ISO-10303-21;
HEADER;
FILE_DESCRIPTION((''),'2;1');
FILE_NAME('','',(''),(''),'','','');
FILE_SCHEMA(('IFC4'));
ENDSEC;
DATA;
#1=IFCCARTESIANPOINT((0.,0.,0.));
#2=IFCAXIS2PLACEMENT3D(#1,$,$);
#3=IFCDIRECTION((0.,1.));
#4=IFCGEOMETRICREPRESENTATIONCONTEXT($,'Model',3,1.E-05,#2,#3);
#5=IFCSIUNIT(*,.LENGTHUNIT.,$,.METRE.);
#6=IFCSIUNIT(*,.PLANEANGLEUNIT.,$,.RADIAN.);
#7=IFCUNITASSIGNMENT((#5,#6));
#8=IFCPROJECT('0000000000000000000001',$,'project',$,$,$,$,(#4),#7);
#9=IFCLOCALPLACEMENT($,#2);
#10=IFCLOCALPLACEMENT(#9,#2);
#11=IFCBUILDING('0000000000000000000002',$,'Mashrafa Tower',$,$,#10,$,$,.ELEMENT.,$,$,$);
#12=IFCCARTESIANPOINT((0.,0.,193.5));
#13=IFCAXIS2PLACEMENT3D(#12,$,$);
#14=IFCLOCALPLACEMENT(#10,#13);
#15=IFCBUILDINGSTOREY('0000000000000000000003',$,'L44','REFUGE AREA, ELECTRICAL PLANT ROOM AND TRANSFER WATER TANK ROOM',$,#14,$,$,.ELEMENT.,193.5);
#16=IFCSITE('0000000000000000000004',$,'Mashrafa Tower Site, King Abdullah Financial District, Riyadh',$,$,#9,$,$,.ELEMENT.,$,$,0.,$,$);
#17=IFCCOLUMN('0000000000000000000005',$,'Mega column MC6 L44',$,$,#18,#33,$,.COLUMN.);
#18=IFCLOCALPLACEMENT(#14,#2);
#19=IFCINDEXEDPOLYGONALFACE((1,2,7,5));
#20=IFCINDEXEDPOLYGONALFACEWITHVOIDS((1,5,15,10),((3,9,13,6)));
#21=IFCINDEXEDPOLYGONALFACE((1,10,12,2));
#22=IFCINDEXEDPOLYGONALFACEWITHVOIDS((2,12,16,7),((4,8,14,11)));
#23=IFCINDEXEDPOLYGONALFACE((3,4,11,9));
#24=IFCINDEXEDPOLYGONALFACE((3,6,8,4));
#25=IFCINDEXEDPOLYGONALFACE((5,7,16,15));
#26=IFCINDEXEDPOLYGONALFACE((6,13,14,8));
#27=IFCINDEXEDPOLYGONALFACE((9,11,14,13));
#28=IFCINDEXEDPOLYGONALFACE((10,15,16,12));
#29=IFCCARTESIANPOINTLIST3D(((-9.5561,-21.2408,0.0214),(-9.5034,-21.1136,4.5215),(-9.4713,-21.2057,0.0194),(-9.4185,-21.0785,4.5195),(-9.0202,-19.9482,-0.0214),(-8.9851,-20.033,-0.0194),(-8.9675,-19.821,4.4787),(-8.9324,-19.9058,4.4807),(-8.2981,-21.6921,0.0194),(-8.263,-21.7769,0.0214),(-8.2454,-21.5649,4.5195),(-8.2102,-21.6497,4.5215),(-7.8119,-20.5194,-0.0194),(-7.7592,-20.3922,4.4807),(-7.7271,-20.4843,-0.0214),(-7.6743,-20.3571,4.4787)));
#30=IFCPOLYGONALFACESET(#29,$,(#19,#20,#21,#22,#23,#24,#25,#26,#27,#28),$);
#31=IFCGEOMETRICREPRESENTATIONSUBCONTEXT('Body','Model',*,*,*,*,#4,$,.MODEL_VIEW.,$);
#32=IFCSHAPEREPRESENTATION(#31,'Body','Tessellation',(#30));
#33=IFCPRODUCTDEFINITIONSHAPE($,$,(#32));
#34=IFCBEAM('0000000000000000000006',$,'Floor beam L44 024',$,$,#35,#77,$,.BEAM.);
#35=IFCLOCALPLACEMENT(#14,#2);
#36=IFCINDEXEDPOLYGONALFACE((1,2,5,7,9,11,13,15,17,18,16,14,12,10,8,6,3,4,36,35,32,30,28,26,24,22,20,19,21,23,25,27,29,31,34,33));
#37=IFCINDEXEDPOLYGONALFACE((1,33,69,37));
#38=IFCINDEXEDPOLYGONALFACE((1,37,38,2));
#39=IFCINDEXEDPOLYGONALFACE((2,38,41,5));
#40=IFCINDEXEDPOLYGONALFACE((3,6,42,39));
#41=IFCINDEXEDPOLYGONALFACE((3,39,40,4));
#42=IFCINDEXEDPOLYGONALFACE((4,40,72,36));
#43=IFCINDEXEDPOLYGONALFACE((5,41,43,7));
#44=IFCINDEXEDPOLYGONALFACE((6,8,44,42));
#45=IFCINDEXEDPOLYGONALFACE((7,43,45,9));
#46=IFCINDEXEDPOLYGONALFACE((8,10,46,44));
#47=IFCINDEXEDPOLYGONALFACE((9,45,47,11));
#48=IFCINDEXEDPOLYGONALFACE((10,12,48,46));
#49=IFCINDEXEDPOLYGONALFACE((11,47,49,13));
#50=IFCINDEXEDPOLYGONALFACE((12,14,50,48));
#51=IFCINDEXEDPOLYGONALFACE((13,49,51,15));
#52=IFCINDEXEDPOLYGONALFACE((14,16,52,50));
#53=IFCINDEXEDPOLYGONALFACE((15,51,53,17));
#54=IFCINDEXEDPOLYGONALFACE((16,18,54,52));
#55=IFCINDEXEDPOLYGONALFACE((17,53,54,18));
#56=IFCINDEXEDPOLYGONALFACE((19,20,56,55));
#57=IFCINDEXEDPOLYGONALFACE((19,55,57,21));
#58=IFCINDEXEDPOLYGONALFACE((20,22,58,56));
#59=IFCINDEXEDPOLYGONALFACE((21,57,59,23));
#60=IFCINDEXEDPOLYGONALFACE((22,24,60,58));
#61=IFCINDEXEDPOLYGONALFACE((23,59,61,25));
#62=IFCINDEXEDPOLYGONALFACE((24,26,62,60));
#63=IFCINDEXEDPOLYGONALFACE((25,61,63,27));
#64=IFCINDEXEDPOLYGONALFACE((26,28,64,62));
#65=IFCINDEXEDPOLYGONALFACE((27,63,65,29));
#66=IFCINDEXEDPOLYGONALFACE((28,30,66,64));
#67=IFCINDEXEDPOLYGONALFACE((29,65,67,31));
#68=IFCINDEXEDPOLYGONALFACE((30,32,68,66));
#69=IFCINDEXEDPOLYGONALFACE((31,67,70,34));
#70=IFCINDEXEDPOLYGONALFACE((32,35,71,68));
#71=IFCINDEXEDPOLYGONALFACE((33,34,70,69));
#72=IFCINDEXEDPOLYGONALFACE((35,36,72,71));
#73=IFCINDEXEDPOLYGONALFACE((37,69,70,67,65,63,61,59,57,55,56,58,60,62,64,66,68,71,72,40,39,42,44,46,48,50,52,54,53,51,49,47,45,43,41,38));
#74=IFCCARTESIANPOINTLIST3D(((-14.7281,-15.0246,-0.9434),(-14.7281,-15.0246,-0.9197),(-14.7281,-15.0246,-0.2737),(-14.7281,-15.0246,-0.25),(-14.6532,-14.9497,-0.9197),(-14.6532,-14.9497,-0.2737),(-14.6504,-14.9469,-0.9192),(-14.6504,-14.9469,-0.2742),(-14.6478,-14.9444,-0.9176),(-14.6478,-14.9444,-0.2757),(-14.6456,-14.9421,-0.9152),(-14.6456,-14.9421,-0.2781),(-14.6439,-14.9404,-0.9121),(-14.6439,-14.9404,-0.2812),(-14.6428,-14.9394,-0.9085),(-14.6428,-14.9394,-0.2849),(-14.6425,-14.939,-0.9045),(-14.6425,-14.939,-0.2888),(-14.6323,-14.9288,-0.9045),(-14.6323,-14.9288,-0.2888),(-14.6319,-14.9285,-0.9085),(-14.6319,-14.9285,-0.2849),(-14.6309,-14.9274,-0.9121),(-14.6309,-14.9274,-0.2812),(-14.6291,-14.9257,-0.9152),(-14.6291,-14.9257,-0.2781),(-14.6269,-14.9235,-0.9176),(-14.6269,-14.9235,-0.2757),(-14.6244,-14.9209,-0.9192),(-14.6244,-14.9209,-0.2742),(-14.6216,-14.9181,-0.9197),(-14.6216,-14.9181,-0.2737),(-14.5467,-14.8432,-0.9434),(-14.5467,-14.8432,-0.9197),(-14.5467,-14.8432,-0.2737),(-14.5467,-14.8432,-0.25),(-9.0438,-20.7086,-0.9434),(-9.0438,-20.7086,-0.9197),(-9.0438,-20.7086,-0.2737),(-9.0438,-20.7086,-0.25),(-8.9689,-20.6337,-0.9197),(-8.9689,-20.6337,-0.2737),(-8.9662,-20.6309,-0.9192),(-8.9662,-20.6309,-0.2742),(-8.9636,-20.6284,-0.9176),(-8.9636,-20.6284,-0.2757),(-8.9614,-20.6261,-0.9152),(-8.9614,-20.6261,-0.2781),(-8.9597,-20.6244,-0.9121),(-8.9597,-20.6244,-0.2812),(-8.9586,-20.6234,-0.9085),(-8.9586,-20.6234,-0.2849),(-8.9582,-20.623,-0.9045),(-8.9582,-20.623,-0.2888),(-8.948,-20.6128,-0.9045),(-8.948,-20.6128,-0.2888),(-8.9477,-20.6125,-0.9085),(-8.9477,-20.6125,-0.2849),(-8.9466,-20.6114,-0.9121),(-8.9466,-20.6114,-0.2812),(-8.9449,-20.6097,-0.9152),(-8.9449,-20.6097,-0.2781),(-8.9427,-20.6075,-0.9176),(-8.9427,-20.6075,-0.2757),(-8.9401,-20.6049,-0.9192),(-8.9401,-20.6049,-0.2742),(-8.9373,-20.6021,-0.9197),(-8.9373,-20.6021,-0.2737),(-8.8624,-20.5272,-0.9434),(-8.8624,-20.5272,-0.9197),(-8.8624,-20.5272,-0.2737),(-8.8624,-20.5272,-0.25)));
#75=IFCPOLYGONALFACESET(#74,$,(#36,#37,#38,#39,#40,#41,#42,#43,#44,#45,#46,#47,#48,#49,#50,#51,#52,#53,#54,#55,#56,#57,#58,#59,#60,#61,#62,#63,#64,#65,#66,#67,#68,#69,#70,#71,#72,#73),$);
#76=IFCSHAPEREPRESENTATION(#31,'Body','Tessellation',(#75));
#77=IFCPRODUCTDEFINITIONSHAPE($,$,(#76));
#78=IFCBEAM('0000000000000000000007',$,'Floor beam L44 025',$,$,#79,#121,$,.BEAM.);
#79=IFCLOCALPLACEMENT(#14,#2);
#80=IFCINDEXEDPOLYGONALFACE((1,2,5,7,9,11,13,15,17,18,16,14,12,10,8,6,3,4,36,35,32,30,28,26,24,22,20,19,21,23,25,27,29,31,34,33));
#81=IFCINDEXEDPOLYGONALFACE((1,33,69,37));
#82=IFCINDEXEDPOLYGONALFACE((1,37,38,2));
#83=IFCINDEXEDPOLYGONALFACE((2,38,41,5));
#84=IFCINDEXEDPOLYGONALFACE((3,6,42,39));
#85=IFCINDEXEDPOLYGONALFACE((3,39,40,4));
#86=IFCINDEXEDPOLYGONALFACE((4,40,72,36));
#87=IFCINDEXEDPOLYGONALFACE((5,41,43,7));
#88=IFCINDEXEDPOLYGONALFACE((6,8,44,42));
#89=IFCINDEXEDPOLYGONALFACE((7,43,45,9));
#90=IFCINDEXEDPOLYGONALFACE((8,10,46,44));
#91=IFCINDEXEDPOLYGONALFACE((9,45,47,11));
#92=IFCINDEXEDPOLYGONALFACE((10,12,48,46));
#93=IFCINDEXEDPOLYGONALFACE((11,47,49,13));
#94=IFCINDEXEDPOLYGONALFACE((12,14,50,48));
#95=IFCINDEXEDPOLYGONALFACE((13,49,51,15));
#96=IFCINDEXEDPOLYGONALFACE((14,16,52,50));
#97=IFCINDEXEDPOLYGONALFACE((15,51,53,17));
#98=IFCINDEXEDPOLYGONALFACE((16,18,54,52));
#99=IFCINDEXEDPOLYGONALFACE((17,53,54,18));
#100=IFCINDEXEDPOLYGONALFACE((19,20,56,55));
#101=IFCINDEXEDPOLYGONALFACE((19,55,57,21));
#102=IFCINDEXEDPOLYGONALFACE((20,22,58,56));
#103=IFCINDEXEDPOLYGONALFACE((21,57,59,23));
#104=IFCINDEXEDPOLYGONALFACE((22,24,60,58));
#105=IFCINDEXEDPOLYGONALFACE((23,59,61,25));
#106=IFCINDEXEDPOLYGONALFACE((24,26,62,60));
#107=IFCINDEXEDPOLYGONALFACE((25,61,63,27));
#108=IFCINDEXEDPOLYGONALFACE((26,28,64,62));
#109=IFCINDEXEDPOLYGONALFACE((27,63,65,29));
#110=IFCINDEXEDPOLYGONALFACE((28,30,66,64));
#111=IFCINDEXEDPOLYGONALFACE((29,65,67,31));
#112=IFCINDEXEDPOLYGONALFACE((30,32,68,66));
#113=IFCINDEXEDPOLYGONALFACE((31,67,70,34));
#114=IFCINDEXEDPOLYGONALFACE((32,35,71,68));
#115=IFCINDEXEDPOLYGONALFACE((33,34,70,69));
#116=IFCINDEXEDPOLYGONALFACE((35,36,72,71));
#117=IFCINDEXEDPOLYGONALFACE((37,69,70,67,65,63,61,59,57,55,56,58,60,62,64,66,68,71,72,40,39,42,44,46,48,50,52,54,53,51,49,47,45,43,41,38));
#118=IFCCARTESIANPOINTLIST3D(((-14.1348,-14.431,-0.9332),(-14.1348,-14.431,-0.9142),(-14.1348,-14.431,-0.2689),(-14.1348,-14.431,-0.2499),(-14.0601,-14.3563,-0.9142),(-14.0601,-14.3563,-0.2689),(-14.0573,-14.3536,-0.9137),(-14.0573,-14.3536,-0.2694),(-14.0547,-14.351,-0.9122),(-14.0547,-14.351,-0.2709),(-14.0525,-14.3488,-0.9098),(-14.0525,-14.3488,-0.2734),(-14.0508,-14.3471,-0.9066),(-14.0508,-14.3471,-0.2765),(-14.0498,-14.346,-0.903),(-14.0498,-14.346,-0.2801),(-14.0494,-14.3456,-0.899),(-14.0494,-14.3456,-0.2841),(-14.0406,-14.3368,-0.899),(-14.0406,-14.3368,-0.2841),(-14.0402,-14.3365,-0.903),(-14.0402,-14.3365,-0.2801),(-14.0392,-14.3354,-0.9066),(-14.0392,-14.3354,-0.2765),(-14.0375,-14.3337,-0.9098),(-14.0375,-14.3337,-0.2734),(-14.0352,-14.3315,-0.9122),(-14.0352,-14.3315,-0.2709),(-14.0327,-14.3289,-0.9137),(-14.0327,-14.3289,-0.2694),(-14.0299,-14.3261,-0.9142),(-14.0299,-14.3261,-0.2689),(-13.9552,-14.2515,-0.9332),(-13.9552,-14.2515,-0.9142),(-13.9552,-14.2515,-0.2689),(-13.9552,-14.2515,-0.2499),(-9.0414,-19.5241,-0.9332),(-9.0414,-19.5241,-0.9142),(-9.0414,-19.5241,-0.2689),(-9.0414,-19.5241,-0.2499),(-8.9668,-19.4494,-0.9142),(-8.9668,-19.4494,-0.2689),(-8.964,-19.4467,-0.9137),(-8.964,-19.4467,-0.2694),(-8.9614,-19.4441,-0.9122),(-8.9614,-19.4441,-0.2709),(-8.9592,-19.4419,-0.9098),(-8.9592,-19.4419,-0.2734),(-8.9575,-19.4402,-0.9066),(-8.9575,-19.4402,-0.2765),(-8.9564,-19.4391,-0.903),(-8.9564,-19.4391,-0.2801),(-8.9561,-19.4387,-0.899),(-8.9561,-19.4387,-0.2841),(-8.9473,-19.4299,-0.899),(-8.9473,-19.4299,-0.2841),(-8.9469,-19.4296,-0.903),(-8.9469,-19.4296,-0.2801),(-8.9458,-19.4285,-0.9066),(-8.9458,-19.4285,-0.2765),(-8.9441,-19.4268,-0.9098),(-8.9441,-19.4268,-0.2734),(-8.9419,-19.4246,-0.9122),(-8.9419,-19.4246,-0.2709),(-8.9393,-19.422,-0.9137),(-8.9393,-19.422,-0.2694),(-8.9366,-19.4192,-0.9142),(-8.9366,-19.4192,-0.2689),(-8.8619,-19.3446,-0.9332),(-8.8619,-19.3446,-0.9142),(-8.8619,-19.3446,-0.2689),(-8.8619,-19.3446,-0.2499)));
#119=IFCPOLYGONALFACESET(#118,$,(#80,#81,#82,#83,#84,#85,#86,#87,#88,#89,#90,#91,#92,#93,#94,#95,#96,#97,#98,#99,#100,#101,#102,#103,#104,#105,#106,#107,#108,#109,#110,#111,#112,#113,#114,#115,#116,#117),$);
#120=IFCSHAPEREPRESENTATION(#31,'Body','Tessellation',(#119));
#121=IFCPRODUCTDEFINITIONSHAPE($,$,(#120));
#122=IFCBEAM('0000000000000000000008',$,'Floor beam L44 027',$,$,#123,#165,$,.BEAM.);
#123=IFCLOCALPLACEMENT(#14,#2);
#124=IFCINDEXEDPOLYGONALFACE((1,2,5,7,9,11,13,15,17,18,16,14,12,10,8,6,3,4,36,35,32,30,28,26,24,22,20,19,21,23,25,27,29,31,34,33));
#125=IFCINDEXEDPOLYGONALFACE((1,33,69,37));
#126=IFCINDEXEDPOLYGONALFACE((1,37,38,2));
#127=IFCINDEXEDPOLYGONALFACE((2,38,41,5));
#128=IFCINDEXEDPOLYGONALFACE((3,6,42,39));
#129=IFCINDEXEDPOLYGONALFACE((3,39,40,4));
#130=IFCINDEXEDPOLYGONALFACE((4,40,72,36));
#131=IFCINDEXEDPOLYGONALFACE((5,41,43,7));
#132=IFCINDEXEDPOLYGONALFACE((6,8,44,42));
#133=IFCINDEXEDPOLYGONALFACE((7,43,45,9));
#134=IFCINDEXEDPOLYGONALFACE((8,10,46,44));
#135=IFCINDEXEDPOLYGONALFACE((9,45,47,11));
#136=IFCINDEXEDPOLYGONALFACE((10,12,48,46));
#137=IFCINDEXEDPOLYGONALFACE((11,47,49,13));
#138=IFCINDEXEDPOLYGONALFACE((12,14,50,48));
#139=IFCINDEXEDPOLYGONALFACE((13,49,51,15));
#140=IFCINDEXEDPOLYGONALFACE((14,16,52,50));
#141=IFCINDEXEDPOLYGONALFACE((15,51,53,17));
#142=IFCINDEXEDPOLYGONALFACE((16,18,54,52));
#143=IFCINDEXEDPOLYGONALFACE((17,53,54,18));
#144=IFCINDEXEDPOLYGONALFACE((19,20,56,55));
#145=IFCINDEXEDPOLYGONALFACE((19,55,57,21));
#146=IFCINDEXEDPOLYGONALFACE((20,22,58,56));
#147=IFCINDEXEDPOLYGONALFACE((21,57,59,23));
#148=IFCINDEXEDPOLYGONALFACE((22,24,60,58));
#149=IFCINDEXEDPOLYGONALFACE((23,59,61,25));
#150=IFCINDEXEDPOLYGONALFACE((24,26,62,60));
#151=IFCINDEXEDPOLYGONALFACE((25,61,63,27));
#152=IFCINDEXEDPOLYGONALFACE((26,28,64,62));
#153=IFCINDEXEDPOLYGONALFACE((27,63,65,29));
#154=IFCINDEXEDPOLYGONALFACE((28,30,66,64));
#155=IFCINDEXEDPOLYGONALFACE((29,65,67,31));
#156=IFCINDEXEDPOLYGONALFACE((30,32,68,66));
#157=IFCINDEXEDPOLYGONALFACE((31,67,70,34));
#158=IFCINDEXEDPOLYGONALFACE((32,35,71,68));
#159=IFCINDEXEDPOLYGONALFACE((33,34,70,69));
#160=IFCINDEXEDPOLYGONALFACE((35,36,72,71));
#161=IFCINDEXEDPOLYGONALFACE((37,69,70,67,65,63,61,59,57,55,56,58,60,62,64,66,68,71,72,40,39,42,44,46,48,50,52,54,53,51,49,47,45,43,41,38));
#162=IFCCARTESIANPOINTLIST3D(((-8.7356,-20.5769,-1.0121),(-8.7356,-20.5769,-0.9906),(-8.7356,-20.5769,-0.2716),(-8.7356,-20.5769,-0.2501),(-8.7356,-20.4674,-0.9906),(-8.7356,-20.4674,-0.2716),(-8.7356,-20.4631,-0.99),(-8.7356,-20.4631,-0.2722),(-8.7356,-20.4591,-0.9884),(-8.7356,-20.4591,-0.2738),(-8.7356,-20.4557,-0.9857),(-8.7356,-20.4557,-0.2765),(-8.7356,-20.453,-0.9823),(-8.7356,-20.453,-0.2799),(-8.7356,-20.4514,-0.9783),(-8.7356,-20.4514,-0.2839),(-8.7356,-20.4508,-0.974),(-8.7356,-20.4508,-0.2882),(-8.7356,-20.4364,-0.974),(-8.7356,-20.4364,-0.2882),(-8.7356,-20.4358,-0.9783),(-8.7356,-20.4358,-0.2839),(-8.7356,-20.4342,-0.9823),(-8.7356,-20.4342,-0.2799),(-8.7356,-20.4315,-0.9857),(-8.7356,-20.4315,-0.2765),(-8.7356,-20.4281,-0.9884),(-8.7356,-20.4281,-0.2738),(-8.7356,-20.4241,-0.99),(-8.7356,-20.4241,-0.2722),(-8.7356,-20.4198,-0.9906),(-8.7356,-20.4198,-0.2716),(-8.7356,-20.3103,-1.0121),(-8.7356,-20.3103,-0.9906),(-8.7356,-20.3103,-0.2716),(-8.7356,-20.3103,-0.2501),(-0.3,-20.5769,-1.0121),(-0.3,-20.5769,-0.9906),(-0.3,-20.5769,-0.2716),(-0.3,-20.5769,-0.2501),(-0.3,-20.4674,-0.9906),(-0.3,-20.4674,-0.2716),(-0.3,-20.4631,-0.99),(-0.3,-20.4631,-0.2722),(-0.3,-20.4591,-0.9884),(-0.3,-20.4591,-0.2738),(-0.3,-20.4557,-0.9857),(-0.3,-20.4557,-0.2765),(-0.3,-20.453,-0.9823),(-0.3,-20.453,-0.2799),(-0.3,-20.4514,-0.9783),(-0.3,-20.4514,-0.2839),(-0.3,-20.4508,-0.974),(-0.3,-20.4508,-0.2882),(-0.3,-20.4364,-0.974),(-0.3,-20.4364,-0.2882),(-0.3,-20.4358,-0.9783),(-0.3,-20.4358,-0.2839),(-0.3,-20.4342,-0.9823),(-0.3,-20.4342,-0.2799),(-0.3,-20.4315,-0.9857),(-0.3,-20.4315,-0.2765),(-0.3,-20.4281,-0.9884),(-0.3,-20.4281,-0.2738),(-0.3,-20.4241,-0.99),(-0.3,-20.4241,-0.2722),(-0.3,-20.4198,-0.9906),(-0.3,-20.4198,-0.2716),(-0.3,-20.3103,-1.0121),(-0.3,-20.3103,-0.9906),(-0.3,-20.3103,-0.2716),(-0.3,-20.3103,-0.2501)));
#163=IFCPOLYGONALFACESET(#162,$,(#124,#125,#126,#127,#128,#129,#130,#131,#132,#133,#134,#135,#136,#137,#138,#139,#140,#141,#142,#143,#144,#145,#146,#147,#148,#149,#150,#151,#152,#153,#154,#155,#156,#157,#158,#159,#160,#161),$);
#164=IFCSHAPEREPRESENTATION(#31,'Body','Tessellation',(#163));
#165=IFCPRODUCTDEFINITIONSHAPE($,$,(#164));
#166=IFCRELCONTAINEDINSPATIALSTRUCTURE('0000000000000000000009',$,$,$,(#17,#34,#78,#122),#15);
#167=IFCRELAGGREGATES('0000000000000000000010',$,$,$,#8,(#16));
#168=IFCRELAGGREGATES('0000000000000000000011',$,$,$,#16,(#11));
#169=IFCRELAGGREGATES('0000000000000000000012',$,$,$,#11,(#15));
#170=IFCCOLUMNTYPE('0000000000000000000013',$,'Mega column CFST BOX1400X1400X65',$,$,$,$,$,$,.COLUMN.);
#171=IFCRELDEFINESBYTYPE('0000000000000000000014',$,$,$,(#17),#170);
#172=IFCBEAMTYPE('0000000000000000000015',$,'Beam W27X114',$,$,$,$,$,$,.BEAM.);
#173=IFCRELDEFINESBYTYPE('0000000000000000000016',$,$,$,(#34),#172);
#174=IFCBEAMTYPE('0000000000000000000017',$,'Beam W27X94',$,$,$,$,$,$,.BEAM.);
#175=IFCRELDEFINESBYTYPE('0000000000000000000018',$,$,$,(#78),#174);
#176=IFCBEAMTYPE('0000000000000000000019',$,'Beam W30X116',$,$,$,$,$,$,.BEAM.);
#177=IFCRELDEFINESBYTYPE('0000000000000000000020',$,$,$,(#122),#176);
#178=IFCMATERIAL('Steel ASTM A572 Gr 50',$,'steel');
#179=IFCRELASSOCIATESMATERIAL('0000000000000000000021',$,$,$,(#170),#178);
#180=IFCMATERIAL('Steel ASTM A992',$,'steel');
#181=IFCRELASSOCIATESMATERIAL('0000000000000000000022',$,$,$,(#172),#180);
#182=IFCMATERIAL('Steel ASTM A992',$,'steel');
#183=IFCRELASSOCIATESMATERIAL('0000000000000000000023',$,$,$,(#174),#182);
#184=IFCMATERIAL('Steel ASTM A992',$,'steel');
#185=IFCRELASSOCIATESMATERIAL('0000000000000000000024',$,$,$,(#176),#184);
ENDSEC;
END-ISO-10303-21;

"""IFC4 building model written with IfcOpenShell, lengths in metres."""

from ifc_helpers import new_model, si_unit, direction, frame, origin, origin_2d, place, context, subcontext, project, spatial, hollow_rectangle, i_section, extrude, material, material_profile, profile_set, type_object, element, save


model = new_model("IFC4")

# Units and contexts
model_context = context("Model", 3, precision=1e-05, world=origin(), true_north=direction((0.0, 1.0)))
body_context = subcontext(model_context, "Body", "Model", "MODEL_VIEW")
ifc_project = project(units=[si_unit("LENGTHUNIT", "METRE"), si_unit("PLANEANGLEUNIT", "RADIAN")], contexts=[model_context])

# Site, building, storey
site_placement = place(None, origin())
site = spatial("IfcSite", under=ifc_project, at=site_placement, Name="Mashrafa Tower Site, King Abdullah Financial District, Riyadh", CompositionType="ELEMENT", RefElevation=0.0)
building_placement = place(site_placement, origin())
building = spatial("IfcBuilding", under=site, at=building_placement, Name="Mashrafa Tower", CompositionType="ELEMENT")
storey_placement = place(building_placement, frame((0.0, 0.0, 193.5)))
storey = spatial("IfcBuildingStorey", under=building, at=storey_placement, Name="L44", Description="REFUGE AREA, ELECTRICAL PLANT ROOM AND TRANSFER WATER TANK ROOM", CompositionType="ELEMENT", Elevation=193.5)

# Column
ifc_material_1 = material(Name="Steel ASTM A572 Gr 50", Category="steel")
ifc_material_profile_1 = material_profile(ifc_material_1, hollow_rectangle(XDim=1.3999, YDim=1.3999, WallThickness=0.0649, at=origin_2d()), Name="BOX1400X1400X65")
ifc_profile_set_1 = profile_set([ifc_material_profile_1], Name="Steel ASTM A572 Gr 50")
column_type = type_object("IfcColumnType", Name="Mega column CFST BOX1400X1400X65", PredefinedType="COLUMN", material=ifc_profile_set_1)
column_placement = place(storey_placement, frame((-8.6416, -20.8625, 0.0), z_axis=(0.011713, 0.028253, 0.999532), x_axis=(-0.923757, 0.382978, 0.0)))
element("IfcColumn", 1, at=column_placement, inside=storey, type_object=column_type, Name="Mega column MC6 L44", PredefinedType="COLUMN", context=body_context, shape_type="SweptSolid", body=[
    extrude(hollow_rectangle(XDim=1.3999, YDim=1.3999, WallThickness=0.0649, at=origin_2d()), origin(), (0.0, 0.0, 1.0), 4.5022),
])

# Beams
ifc_material_2 = material(Name="Steel ASTM A992", Category="steel")
ifc_material_profile_2 = material_profile(ifc_material_2, i_section(OverallWidth=0.2566, OverallDepth=0.6934, WebThickness=0.0144, FlangeThickness=0.0237, FilletRadius=0.0151, at=origin_2d()), Name="W27X114")
ifc_profile_set_2 = profile_set([ifc_material_profile_2], Name="Steel ASTM A992")
beam_type_1 = type_object("IfcBeamType", Name="Beam W27X114", PredefinedType="BEAM", material=ifc_profile_set_2)
beam_1_placement = place(storey_placement, frame((-8.9531, -20.6179, -0.5967), z_axis=(-0.707122, 0.707092, 0.0), x_axis=(-0.707092, -0.707122, 0.0)))
element("IfcBeam", 2, at=beam_1_placement, inside=storey, type_object=beam_type_1, Name="Floor beam L44 024", PredefinedType="BEAM", context=body_context, shape_type="SweptSolid", body=[
    extrude(i_section(OverallWidth=0.2566, OverallDepth=0.6934, WebThickness=0.0144, FlangeThickness=0.0237, FilletRadius=0.0151, at=origin_2d()), origin(), (0.0, 0.0, 1.0), 8.0386),
])
ifc_material_3 = material(Name="Steel ASTM A992", Category="steel")
ifc_material_profile_3 = material_profile(ifc_material_3, i_section(OverallWidth=0.2539, OverallDepth=0.6833, WebThickness=0.0125, FlangeThickness=0.019, FilletRadius=0.0151, at=origin_2d()), Name="W27X94")
ifc_profile_set_3 = profile_set([ifc_material_profile_3], Name="Steel ASTM A992")
beam_type_2 = type_object("IfcBeamType", Name="Beam W27X94", PredefinedType="BEAM", material=ifc_profile_set_3)
beam_2_placement = place(storey_placement, frame((-8.9517, -19.4343, -0.5916), z_axis=(-0.707124, 0.70709, 0.0), x_axis=(-0.70709, -0.707124, 0.0)))
element("IfcBeam", 3, at=beam_2_placement, inside=storey, type_object=beam_type_2, Name="Floor beam L44 025", PredefinedType="BEAM", context=body_context, shape_type="SweptSolid", body=[
    extrude(i_section(OverallWidth=0.2539, OverallDepth=0.6833, WebThickness=0.0125, FlangeThickness=0.019, FilletRadius=0.0151, at=origin_2d()), origin(), (0.0, 0.0, 1.0), 7.2029),
])
ifc_material_4 = material(Name="Steel ASTM A992", Category="steel")
ifc_material_profile_4 = material_profile(ifc_material_4, i_section(OverallWidth=0.2666, OverallDepth=0.762, WebThickness=0.0144, FlangeThickness=0.0215, FilletRadius=0.0166, at=origin_2d()), Name="W30X116")
ifc_profile_set_4 = profile_set([ifc_material_profile_4], Name="Steel ASTM A992")
beam_type_3 = type_object("IfcBeamType", Name="Beam W30X116", PredefinedType="BEAM", material=ifc_profile_set_4)
beam_3_placement = place(storey_placement, frame((-0.3, -20.4436, -0.6311), z_axis=(-1.0, 0.0, 0.0), x_axis=(0.0, -1.0, 0.0)))
element("IfcBeam", 4, at=beam_3_placement, inside=storey, type_object=beam_type_3, Name="Floor beam L44 027", PredefinedType="BEAM", context=body_context, shape_type="SweptSolid", body=[
    extrude(i_section(OverallWidth=0.2666, OverallDepth=0.762, WebThickness=0.0144, FlangeThickness=0.0215, FilletRadius=0.0166, at=origin_2d()), origin(), (0.0, 0.0, 1.0), 8.4355),
])

save(model, "model.ifc")
